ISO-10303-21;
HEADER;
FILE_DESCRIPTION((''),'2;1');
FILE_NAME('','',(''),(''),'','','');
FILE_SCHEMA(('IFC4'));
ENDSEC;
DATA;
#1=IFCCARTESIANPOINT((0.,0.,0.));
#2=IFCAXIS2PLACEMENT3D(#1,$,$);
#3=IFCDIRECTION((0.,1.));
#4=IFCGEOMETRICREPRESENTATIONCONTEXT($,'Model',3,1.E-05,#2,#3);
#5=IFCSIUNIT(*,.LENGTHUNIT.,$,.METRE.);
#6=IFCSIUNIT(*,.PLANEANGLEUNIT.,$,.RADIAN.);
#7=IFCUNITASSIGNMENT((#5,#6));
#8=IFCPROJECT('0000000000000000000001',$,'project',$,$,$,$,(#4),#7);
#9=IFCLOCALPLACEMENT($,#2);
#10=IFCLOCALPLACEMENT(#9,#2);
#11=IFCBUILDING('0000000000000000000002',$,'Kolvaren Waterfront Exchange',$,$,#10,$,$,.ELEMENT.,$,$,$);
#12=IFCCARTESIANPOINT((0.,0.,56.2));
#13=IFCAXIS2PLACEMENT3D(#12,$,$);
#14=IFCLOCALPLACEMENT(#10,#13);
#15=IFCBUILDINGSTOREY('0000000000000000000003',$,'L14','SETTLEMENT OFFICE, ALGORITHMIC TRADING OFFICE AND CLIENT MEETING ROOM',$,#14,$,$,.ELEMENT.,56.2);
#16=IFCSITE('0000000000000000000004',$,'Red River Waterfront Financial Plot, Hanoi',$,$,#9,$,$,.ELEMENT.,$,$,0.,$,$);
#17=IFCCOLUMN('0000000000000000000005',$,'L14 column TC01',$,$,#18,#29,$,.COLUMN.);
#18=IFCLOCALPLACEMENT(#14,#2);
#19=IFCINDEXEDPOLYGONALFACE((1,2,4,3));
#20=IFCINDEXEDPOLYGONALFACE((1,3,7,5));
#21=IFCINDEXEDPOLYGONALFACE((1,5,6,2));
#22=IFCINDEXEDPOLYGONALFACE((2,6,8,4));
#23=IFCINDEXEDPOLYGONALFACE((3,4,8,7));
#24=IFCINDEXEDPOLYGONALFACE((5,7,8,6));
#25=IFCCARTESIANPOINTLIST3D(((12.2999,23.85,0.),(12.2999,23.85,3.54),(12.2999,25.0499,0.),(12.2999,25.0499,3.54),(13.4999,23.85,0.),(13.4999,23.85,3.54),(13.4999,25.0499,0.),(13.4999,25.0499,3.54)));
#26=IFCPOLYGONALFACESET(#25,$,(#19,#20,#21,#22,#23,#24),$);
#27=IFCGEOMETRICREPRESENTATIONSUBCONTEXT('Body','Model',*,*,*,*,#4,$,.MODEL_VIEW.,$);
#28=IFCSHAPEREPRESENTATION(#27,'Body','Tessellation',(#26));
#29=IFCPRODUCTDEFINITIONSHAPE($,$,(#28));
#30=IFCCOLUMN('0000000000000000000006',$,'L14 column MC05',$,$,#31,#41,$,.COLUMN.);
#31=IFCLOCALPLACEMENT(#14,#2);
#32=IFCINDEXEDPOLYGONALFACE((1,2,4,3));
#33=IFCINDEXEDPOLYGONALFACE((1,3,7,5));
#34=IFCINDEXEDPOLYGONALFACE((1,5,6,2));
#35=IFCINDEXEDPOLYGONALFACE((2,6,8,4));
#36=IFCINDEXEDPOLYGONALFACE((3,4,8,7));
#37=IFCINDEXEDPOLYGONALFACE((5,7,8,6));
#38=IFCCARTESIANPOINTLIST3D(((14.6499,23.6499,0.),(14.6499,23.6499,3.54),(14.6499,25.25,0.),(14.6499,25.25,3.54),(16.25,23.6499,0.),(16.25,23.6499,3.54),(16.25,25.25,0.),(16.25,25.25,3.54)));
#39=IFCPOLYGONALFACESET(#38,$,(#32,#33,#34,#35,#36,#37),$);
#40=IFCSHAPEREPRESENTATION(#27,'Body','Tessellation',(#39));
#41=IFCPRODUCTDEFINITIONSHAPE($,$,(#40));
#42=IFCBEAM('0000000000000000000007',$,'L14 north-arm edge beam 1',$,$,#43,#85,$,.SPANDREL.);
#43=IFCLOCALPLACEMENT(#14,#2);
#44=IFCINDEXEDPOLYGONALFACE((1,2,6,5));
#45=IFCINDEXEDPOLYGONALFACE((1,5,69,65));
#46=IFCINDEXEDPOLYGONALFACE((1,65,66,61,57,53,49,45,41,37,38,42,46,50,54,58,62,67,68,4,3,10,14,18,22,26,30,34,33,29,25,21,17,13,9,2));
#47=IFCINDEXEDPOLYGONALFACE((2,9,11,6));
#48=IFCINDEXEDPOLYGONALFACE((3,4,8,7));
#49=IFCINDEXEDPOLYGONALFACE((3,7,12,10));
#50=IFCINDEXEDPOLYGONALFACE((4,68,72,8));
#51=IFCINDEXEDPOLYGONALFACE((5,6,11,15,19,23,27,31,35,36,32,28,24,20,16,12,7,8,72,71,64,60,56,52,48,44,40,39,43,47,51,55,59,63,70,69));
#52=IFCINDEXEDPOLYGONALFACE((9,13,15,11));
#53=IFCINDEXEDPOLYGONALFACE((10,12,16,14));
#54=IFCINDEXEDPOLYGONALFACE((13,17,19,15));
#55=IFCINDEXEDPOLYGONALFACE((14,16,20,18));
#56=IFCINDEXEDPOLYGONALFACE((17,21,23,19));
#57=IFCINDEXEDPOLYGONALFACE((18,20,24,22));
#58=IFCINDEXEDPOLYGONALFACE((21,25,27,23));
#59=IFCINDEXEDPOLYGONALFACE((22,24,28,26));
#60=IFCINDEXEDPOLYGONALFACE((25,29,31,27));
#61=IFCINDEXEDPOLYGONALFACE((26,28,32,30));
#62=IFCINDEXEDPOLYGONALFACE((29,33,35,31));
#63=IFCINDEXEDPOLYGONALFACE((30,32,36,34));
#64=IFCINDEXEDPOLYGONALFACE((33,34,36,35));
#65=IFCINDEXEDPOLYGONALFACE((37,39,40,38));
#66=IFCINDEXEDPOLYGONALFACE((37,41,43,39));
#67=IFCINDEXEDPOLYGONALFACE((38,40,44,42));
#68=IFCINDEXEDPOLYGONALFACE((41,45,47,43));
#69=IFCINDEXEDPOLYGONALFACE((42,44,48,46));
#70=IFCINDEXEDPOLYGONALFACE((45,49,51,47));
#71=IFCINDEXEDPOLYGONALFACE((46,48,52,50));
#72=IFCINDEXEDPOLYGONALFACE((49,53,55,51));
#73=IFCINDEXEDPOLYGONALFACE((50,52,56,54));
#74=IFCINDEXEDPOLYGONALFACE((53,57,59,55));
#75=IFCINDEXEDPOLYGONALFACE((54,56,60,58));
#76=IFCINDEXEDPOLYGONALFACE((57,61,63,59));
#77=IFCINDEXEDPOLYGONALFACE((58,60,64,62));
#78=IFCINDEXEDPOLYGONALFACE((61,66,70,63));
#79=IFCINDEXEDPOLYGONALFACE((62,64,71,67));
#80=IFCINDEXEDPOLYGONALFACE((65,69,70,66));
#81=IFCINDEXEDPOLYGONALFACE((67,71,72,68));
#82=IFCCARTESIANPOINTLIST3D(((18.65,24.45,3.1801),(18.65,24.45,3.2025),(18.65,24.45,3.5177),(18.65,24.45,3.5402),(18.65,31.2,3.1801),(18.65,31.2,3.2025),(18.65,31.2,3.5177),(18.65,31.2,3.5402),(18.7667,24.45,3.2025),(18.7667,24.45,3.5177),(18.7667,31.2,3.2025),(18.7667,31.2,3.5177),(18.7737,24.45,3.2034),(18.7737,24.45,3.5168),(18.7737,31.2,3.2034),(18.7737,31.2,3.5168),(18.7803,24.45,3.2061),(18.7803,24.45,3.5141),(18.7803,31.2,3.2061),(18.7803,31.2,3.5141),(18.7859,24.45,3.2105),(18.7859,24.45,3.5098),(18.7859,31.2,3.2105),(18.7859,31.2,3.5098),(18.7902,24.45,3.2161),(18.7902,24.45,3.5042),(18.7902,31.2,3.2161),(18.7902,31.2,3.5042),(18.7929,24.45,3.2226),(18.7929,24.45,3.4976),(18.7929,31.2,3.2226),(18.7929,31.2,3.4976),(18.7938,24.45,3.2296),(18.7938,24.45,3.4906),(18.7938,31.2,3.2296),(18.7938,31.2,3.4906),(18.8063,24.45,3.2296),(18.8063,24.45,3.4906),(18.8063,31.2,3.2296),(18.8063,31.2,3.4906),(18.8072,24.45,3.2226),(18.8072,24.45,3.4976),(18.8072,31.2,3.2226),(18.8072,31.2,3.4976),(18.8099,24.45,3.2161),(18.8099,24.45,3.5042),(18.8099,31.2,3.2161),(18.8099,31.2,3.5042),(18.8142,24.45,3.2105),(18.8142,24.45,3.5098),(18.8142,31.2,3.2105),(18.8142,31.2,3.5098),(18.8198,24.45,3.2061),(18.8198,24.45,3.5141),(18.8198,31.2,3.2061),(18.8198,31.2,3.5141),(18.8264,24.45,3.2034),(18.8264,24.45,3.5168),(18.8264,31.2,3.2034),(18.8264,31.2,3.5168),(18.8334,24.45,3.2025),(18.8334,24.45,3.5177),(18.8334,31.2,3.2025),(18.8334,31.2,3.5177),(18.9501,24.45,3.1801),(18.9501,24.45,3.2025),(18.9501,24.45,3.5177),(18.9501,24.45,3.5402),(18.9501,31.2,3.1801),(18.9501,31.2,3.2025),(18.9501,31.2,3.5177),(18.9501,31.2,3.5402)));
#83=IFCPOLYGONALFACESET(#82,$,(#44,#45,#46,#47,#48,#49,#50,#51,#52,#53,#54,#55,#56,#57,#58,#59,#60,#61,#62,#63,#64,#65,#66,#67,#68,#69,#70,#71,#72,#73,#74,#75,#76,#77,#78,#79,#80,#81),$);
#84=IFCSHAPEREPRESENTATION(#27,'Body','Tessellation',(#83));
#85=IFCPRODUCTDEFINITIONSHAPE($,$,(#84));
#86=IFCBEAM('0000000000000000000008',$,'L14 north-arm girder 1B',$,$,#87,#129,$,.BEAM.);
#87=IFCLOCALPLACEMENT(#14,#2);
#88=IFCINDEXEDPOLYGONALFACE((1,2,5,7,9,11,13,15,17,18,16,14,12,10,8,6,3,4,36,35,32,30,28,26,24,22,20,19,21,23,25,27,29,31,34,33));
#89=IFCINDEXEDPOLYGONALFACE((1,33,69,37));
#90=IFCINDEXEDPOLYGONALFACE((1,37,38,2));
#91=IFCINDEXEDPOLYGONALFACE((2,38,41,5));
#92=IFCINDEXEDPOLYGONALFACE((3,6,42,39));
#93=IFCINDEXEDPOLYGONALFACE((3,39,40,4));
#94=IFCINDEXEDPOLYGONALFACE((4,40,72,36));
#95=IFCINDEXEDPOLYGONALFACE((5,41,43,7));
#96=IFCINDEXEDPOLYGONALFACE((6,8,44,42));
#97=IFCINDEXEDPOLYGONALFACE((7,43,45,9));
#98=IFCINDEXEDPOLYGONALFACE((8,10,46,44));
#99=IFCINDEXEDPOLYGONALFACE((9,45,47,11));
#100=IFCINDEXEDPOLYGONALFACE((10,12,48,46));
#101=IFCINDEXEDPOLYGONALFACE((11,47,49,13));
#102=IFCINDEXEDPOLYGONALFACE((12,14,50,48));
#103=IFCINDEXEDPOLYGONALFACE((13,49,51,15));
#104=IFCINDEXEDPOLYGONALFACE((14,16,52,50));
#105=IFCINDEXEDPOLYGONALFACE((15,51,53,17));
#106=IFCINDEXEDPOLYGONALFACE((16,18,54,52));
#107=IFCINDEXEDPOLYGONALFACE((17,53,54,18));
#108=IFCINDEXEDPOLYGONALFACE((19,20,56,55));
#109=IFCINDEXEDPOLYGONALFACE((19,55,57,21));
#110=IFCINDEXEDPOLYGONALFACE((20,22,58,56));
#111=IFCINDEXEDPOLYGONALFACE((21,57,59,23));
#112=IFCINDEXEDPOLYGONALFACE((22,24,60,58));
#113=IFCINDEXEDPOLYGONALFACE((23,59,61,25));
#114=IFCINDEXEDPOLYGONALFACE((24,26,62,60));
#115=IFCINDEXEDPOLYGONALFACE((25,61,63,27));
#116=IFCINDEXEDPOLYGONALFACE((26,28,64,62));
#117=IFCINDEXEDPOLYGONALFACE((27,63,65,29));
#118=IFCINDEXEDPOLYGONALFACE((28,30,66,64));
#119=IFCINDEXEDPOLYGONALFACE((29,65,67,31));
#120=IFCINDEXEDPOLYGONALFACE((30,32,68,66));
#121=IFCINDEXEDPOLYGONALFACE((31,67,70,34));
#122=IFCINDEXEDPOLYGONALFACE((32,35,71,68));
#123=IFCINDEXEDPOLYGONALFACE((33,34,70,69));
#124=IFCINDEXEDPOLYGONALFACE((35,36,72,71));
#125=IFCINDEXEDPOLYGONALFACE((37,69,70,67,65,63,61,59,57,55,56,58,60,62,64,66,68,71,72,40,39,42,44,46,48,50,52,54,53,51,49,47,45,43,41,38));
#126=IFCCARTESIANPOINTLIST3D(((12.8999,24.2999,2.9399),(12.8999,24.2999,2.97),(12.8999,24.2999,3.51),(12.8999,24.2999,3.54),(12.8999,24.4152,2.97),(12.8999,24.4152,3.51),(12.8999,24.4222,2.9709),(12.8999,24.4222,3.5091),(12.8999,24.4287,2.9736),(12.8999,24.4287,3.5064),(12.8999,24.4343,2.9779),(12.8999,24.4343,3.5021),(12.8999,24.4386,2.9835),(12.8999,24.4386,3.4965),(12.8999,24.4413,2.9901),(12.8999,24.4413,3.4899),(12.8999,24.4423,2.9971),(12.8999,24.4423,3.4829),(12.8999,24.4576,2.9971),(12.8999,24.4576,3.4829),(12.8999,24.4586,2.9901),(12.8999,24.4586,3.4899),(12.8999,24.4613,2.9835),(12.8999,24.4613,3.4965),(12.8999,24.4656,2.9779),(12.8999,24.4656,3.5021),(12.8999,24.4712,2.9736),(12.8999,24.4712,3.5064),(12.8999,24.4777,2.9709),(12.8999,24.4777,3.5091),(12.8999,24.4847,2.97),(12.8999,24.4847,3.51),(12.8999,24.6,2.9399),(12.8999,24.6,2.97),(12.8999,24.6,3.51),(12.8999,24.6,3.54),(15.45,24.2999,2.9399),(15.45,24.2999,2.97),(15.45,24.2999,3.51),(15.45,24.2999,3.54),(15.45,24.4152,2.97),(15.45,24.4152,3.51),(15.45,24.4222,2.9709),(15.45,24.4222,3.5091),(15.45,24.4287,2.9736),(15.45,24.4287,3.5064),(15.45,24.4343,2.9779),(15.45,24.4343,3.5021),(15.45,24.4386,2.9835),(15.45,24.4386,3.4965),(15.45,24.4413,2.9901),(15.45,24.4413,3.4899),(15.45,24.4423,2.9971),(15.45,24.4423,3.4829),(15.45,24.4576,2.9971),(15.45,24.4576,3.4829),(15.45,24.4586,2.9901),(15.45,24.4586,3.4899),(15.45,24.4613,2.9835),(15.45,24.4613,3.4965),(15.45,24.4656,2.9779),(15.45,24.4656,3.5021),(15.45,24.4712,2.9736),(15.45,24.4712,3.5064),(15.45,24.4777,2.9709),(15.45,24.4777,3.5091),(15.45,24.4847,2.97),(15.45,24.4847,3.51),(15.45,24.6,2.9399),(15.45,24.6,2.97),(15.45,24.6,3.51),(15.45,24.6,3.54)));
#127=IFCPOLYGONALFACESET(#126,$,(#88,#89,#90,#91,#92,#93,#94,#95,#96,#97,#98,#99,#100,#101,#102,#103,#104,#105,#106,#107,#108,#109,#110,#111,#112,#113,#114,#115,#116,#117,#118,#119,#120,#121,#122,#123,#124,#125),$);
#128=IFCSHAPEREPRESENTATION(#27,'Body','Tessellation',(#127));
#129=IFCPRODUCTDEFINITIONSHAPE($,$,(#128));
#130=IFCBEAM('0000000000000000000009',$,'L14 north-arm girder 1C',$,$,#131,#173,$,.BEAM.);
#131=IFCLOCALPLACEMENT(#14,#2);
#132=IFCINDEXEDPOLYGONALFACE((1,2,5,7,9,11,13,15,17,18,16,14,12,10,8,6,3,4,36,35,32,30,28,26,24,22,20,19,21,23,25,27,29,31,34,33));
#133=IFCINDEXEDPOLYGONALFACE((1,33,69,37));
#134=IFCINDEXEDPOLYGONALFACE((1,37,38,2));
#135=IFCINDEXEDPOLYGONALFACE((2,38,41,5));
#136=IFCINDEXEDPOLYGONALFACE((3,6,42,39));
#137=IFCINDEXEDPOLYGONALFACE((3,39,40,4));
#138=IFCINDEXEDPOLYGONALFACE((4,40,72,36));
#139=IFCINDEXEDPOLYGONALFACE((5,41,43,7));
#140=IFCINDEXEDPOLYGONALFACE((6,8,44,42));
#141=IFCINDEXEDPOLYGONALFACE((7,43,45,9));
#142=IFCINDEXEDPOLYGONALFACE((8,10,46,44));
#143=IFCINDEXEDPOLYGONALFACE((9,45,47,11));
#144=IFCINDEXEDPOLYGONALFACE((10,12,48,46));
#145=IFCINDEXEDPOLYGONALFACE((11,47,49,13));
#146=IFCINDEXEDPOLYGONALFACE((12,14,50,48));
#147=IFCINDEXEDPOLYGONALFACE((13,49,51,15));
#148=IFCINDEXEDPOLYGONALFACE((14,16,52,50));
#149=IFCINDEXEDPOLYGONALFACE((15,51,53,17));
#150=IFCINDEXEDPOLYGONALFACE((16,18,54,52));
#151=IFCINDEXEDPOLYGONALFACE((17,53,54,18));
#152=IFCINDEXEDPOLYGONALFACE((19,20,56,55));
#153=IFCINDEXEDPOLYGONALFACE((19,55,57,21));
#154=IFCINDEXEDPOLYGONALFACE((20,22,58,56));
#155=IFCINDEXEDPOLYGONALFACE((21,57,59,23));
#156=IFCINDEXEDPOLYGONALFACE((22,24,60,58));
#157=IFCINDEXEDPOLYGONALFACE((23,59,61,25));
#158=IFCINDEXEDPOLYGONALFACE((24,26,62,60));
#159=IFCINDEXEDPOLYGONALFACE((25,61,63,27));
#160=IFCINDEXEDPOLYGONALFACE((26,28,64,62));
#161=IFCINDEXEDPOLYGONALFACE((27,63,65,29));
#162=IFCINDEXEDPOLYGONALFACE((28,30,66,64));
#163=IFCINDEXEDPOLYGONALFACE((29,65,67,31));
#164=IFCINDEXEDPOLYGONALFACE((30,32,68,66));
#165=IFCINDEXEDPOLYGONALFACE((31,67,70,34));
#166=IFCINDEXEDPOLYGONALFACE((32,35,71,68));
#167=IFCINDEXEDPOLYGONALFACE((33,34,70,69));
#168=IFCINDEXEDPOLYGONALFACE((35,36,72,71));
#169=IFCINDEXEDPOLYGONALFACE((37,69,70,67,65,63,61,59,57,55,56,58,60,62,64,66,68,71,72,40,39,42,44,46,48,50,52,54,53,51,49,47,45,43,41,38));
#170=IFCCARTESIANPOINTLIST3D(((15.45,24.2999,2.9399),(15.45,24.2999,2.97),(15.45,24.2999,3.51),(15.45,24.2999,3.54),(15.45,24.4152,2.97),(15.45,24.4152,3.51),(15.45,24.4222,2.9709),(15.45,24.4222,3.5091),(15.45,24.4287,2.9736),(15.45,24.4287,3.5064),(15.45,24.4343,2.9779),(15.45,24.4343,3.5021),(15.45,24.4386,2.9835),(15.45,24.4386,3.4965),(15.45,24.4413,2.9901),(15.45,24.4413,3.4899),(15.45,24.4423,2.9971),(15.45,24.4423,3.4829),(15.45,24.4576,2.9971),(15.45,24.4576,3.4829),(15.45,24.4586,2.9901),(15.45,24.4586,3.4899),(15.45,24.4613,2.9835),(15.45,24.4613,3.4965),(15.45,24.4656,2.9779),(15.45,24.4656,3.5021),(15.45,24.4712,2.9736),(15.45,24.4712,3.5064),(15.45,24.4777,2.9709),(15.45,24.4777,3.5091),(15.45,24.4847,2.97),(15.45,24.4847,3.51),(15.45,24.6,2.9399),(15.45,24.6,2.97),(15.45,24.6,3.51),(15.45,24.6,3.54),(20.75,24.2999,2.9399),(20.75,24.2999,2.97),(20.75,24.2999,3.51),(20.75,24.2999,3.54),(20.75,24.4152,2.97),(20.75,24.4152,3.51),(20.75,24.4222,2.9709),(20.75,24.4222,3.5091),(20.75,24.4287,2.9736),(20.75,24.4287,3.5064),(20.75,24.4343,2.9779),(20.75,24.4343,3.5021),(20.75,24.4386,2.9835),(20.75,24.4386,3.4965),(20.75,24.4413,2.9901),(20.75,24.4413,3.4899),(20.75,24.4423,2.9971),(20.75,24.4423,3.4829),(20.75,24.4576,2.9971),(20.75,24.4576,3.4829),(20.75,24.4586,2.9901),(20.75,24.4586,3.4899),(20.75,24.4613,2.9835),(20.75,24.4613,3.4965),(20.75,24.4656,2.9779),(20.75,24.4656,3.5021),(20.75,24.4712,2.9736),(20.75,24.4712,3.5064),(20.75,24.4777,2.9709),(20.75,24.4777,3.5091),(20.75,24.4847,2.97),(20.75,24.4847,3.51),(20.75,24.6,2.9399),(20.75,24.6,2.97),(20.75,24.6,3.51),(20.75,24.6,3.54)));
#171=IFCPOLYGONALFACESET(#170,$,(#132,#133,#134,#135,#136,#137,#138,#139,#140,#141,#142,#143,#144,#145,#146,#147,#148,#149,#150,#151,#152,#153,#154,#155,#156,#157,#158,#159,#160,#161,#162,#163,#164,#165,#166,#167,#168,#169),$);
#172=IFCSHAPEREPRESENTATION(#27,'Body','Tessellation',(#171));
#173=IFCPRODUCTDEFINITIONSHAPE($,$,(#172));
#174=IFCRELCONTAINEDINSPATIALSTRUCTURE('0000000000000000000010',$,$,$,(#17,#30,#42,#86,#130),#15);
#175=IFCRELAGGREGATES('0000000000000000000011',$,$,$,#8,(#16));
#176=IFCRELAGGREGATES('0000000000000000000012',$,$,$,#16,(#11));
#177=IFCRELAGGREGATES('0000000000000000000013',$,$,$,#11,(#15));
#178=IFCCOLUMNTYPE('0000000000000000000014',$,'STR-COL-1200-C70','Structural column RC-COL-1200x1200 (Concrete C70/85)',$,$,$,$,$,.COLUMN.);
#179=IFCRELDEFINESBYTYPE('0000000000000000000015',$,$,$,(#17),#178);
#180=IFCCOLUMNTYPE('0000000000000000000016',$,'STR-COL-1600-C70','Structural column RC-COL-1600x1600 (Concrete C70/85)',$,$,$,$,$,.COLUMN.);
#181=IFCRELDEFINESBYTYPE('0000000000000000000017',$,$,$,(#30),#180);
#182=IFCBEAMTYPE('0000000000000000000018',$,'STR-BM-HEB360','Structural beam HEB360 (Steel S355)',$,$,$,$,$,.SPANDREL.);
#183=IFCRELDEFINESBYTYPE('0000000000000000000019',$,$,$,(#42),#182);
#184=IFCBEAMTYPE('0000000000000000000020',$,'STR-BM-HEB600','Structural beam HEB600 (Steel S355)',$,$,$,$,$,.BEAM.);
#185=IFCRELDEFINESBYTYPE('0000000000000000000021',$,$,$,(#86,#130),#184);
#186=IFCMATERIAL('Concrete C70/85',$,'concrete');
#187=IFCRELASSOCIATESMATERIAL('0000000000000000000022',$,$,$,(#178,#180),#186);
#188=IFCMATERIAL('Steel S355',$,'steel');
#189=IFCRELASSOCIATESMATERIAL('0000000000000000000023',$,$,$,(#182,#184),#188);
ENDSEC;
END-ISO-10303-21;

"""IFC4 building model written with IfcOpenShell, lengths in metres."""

from ifc_helpers import new_model, si_unit, direction, frame, origin, origin_2d, place, context, subcontext, project, spatial, rectangle, i_section, extrude, material, material_profile, profile_set, type_object, element, save


model = new_model("IFC4")

# Units and contexts
model_context = context("Model", 3, precision=1e-05, world=origin(), true_north=direction((0.0, 1.0)))
body_context = subcontext(model_context, "Body", "Model", "MODEL_VIEW")
ifc_project = project(units=[si_unit("LENGTHUNIT", "METRE"), si_unit("PLANEANGLEUNIT", "RADIAN")], contexts=[model_context])

# Site, building, storey
site_placement = place(None, origin())
site = spatial("IfcSite", under=ifc_project, at=site_placement, Name="Red River Waterfront Financial Plot, Hanoi", CompositionType="ELEMENT", RefElevation=0.0)
building_placement = place(site_placement, origin())
building = spatial("IfcBuilding", under=site, at=building_placement, Name="Kolvaren Waterfront Exchange", CompositionType="ELEMENT")
storey_placement = place(building_placement, frame((0.0, 0.0, 56.2)))
storey = spatial("IfcBuildingStorey", under=building, at=storey_placement, Name="L14", Description="SETTLEMENT OFFICE, ALGORITHMIC TRADING OFFICE AND CLIENT MEETING ROOM", CompositionType="ELEMENT", Elevation=56.2)

# Columns
ifc_material_1 = material(Name="Concrete C70/85", Category="concrete")
ifc_material_profile_1 = material_profile(ifc_material_1, rectangle(XDim=1.2, YDim=1.2, at=origin_2d()), Name="RC-COL-1200x1200")
ifc_profile_set_1 = profile_set([ifc_material_profile_1], Name="Concrete C70/85")
column_type_1 = type_object("IfcColumnType", Name="STR-COL-1200-C70", Description="Structural column RC-COL-1200x1200 (Concrete C70/85)", PredefinedType="COLUMN", material=ifc_profile_set_1)
column_1_placement = place(storey_placement, frame((12.8999, 24.45, 0.0), z_axis=(0.0, 0.0, 1.0), x_axis=(1.0, 0.0, 0.0)))
element("IfcColumn", 1, at=column_1_placement, inside=storey, type_object=column_type_1, Name="L14 column TC01", PredefinedType="COLUMN", context=body_context, shape_type="SweptSolid", body=[
    extrude(rectangle(XDim=1.2, YDim=1.2, at=origin_2d()), origin(), (0.0, 0.0, 1.0), 3.54),
])
ifc_material_profile_2 = material_profile(ifc_material_1, rectangle(XDim=1.6001, YDim=1.6001, at=origin_2d()), Name="RC-COL-1600x1600")
ifc_profile_set_2 = profile_set([ifc_material_profile_2], Name="Concrete C70/85")
column_type_2 = type_object("IfcColumnType", Name="STR-COL-1600-C70", Description="Structural column RC-COL-1600x1600 (Concrete C70/85)", PredefinedType="COLUMN", material=ifc_profile_set_2)
column_2_placement = place(storey_placement, frame((15.45, 24.45, 0.0), z_axis=(0.0, 0.0, 1.0), x_axis=(1.0, 0.0, 0.0)))
element("IfcColumn", 2, at=column_2_placement, inside=storey, type_object=column_type_2, Name="L14 column MC05", PredefinedType="COLUMN", context=body_context, shape_type="SweptSolid", body=[
    extrude(rectangle(XDim=1.6001, YDim=1.6001, at=origin_2d()), origin(), (0.0, 0.0, 1.0), 3.54),
])

# Beams
ifc_material_2 = material(Name="Steel S355", Category="steel")
ifc_material_profile_3 = material_profile(ifc_material_2, i_section(OverallWidth=0.3, OverallDepth=0.3601, WebThickness=0.0125, FlangeThickness=0.0225, FilletRadius=0.0271, at=origin_2d()), Name="HEB360")
ifc_profile_set_3 = profile_set([ifc_material_profile_3], Name="Steel S355")
beam_type_1 = type_object("IfcBeamType", Name="STR-BM-HEB360", Description="Structural beam HEB360 (Steel S355)", PredefinedType="SPANDREL", material=ifc_profile_set_3)
beam_1_placement = place(storey_placement, frame((18.8, 24.45, 3.3601), z_axis=(0.0, 1.0, 0.0), x_axis=(-1.0, 0.0, 0.0)))
element("IfcBeam", 3, at=beam_1_placement, inside=storey, type_object=beam_type_1, Name="L14 north-arm edge beam 1", PredefinedType="SPANDREL", context=body_context, shape_type="SweptSolid", body=[
    extrude(i_section(OverallWidth=0.3, OverallDepth=0.3601, WebThickness=0.0125, FlangeThickness=0.0225, FilletRadius=0.0271, at=origin_2d()), origin(), (0.0, 0.0, 1.0), 6.75),
])
ifc_material_profile_4 = material_profile(ifc_material_2, i_section(OverallWidth=0.3, OverallDepth=0.6001, WebThickness=0.0154, FlangeThickness=0.03, FilletRadius=0.0271, at=origin_2d()), Name="HEB600")
ifc_profile_set_4 = profile_set([ifc_material_profile_4], Name="Steel S355")
beam_type_2 = type_object("IfcBeamType", Name="STR-BM-HEB600", Description="Structural beam HEB600 (Steel S355)", PredefinedType="BEAM", material=ifc_profile_set_4)
beam_2_placement = place(storey_placement, frame((12.8999, 24.45, 3.24), z_axis=(1.0, 0.0, 0.0), x_axis=(0.0, 1.0, 0.0)))
element("IfcBeam", 4, at=beam_2_placement, inside=storey, type_object=beam_type_2, Name="L14 north-arm girder 1B", PredefinedType="BEAM", context=body_context, shape_type="SweptSolid", body=[
    extrude(i_section(OverallWidth=0.3, OverallDepth=0.6001, WebThickness=0.0154, FlangeThickness=0.03, FilletRadius=0.0271, at=origin_2d()), origin(), (0.0, 0.0, 1.0), 2.55),
])
beam_3_placement = place(storey_placement, frame((15.45, 24.45, 3.24), z_axis=(1.0, 0.0, 0.0), x_axis=(0.0, 1.0, 0.0)))
element("IfcBeam", 5, at=beam_3_placement, inside=storey, type_object=beam_type_2, Name="L14 north-arm girder 1C", PredefinedType="BEAM", context=body_context, shape_type="SweptSolid", body=[
    extrude(i_section(OverallWidth=0.3, OverallDepth=0.6001, WebThickness=0.0154, FlangeThickness=0.03, FilletRadius=0.0271, at=origin_2d()), origin(), (0.0, 0.0, 1.0), 5.3),
])

save(model, "model.ifc")
